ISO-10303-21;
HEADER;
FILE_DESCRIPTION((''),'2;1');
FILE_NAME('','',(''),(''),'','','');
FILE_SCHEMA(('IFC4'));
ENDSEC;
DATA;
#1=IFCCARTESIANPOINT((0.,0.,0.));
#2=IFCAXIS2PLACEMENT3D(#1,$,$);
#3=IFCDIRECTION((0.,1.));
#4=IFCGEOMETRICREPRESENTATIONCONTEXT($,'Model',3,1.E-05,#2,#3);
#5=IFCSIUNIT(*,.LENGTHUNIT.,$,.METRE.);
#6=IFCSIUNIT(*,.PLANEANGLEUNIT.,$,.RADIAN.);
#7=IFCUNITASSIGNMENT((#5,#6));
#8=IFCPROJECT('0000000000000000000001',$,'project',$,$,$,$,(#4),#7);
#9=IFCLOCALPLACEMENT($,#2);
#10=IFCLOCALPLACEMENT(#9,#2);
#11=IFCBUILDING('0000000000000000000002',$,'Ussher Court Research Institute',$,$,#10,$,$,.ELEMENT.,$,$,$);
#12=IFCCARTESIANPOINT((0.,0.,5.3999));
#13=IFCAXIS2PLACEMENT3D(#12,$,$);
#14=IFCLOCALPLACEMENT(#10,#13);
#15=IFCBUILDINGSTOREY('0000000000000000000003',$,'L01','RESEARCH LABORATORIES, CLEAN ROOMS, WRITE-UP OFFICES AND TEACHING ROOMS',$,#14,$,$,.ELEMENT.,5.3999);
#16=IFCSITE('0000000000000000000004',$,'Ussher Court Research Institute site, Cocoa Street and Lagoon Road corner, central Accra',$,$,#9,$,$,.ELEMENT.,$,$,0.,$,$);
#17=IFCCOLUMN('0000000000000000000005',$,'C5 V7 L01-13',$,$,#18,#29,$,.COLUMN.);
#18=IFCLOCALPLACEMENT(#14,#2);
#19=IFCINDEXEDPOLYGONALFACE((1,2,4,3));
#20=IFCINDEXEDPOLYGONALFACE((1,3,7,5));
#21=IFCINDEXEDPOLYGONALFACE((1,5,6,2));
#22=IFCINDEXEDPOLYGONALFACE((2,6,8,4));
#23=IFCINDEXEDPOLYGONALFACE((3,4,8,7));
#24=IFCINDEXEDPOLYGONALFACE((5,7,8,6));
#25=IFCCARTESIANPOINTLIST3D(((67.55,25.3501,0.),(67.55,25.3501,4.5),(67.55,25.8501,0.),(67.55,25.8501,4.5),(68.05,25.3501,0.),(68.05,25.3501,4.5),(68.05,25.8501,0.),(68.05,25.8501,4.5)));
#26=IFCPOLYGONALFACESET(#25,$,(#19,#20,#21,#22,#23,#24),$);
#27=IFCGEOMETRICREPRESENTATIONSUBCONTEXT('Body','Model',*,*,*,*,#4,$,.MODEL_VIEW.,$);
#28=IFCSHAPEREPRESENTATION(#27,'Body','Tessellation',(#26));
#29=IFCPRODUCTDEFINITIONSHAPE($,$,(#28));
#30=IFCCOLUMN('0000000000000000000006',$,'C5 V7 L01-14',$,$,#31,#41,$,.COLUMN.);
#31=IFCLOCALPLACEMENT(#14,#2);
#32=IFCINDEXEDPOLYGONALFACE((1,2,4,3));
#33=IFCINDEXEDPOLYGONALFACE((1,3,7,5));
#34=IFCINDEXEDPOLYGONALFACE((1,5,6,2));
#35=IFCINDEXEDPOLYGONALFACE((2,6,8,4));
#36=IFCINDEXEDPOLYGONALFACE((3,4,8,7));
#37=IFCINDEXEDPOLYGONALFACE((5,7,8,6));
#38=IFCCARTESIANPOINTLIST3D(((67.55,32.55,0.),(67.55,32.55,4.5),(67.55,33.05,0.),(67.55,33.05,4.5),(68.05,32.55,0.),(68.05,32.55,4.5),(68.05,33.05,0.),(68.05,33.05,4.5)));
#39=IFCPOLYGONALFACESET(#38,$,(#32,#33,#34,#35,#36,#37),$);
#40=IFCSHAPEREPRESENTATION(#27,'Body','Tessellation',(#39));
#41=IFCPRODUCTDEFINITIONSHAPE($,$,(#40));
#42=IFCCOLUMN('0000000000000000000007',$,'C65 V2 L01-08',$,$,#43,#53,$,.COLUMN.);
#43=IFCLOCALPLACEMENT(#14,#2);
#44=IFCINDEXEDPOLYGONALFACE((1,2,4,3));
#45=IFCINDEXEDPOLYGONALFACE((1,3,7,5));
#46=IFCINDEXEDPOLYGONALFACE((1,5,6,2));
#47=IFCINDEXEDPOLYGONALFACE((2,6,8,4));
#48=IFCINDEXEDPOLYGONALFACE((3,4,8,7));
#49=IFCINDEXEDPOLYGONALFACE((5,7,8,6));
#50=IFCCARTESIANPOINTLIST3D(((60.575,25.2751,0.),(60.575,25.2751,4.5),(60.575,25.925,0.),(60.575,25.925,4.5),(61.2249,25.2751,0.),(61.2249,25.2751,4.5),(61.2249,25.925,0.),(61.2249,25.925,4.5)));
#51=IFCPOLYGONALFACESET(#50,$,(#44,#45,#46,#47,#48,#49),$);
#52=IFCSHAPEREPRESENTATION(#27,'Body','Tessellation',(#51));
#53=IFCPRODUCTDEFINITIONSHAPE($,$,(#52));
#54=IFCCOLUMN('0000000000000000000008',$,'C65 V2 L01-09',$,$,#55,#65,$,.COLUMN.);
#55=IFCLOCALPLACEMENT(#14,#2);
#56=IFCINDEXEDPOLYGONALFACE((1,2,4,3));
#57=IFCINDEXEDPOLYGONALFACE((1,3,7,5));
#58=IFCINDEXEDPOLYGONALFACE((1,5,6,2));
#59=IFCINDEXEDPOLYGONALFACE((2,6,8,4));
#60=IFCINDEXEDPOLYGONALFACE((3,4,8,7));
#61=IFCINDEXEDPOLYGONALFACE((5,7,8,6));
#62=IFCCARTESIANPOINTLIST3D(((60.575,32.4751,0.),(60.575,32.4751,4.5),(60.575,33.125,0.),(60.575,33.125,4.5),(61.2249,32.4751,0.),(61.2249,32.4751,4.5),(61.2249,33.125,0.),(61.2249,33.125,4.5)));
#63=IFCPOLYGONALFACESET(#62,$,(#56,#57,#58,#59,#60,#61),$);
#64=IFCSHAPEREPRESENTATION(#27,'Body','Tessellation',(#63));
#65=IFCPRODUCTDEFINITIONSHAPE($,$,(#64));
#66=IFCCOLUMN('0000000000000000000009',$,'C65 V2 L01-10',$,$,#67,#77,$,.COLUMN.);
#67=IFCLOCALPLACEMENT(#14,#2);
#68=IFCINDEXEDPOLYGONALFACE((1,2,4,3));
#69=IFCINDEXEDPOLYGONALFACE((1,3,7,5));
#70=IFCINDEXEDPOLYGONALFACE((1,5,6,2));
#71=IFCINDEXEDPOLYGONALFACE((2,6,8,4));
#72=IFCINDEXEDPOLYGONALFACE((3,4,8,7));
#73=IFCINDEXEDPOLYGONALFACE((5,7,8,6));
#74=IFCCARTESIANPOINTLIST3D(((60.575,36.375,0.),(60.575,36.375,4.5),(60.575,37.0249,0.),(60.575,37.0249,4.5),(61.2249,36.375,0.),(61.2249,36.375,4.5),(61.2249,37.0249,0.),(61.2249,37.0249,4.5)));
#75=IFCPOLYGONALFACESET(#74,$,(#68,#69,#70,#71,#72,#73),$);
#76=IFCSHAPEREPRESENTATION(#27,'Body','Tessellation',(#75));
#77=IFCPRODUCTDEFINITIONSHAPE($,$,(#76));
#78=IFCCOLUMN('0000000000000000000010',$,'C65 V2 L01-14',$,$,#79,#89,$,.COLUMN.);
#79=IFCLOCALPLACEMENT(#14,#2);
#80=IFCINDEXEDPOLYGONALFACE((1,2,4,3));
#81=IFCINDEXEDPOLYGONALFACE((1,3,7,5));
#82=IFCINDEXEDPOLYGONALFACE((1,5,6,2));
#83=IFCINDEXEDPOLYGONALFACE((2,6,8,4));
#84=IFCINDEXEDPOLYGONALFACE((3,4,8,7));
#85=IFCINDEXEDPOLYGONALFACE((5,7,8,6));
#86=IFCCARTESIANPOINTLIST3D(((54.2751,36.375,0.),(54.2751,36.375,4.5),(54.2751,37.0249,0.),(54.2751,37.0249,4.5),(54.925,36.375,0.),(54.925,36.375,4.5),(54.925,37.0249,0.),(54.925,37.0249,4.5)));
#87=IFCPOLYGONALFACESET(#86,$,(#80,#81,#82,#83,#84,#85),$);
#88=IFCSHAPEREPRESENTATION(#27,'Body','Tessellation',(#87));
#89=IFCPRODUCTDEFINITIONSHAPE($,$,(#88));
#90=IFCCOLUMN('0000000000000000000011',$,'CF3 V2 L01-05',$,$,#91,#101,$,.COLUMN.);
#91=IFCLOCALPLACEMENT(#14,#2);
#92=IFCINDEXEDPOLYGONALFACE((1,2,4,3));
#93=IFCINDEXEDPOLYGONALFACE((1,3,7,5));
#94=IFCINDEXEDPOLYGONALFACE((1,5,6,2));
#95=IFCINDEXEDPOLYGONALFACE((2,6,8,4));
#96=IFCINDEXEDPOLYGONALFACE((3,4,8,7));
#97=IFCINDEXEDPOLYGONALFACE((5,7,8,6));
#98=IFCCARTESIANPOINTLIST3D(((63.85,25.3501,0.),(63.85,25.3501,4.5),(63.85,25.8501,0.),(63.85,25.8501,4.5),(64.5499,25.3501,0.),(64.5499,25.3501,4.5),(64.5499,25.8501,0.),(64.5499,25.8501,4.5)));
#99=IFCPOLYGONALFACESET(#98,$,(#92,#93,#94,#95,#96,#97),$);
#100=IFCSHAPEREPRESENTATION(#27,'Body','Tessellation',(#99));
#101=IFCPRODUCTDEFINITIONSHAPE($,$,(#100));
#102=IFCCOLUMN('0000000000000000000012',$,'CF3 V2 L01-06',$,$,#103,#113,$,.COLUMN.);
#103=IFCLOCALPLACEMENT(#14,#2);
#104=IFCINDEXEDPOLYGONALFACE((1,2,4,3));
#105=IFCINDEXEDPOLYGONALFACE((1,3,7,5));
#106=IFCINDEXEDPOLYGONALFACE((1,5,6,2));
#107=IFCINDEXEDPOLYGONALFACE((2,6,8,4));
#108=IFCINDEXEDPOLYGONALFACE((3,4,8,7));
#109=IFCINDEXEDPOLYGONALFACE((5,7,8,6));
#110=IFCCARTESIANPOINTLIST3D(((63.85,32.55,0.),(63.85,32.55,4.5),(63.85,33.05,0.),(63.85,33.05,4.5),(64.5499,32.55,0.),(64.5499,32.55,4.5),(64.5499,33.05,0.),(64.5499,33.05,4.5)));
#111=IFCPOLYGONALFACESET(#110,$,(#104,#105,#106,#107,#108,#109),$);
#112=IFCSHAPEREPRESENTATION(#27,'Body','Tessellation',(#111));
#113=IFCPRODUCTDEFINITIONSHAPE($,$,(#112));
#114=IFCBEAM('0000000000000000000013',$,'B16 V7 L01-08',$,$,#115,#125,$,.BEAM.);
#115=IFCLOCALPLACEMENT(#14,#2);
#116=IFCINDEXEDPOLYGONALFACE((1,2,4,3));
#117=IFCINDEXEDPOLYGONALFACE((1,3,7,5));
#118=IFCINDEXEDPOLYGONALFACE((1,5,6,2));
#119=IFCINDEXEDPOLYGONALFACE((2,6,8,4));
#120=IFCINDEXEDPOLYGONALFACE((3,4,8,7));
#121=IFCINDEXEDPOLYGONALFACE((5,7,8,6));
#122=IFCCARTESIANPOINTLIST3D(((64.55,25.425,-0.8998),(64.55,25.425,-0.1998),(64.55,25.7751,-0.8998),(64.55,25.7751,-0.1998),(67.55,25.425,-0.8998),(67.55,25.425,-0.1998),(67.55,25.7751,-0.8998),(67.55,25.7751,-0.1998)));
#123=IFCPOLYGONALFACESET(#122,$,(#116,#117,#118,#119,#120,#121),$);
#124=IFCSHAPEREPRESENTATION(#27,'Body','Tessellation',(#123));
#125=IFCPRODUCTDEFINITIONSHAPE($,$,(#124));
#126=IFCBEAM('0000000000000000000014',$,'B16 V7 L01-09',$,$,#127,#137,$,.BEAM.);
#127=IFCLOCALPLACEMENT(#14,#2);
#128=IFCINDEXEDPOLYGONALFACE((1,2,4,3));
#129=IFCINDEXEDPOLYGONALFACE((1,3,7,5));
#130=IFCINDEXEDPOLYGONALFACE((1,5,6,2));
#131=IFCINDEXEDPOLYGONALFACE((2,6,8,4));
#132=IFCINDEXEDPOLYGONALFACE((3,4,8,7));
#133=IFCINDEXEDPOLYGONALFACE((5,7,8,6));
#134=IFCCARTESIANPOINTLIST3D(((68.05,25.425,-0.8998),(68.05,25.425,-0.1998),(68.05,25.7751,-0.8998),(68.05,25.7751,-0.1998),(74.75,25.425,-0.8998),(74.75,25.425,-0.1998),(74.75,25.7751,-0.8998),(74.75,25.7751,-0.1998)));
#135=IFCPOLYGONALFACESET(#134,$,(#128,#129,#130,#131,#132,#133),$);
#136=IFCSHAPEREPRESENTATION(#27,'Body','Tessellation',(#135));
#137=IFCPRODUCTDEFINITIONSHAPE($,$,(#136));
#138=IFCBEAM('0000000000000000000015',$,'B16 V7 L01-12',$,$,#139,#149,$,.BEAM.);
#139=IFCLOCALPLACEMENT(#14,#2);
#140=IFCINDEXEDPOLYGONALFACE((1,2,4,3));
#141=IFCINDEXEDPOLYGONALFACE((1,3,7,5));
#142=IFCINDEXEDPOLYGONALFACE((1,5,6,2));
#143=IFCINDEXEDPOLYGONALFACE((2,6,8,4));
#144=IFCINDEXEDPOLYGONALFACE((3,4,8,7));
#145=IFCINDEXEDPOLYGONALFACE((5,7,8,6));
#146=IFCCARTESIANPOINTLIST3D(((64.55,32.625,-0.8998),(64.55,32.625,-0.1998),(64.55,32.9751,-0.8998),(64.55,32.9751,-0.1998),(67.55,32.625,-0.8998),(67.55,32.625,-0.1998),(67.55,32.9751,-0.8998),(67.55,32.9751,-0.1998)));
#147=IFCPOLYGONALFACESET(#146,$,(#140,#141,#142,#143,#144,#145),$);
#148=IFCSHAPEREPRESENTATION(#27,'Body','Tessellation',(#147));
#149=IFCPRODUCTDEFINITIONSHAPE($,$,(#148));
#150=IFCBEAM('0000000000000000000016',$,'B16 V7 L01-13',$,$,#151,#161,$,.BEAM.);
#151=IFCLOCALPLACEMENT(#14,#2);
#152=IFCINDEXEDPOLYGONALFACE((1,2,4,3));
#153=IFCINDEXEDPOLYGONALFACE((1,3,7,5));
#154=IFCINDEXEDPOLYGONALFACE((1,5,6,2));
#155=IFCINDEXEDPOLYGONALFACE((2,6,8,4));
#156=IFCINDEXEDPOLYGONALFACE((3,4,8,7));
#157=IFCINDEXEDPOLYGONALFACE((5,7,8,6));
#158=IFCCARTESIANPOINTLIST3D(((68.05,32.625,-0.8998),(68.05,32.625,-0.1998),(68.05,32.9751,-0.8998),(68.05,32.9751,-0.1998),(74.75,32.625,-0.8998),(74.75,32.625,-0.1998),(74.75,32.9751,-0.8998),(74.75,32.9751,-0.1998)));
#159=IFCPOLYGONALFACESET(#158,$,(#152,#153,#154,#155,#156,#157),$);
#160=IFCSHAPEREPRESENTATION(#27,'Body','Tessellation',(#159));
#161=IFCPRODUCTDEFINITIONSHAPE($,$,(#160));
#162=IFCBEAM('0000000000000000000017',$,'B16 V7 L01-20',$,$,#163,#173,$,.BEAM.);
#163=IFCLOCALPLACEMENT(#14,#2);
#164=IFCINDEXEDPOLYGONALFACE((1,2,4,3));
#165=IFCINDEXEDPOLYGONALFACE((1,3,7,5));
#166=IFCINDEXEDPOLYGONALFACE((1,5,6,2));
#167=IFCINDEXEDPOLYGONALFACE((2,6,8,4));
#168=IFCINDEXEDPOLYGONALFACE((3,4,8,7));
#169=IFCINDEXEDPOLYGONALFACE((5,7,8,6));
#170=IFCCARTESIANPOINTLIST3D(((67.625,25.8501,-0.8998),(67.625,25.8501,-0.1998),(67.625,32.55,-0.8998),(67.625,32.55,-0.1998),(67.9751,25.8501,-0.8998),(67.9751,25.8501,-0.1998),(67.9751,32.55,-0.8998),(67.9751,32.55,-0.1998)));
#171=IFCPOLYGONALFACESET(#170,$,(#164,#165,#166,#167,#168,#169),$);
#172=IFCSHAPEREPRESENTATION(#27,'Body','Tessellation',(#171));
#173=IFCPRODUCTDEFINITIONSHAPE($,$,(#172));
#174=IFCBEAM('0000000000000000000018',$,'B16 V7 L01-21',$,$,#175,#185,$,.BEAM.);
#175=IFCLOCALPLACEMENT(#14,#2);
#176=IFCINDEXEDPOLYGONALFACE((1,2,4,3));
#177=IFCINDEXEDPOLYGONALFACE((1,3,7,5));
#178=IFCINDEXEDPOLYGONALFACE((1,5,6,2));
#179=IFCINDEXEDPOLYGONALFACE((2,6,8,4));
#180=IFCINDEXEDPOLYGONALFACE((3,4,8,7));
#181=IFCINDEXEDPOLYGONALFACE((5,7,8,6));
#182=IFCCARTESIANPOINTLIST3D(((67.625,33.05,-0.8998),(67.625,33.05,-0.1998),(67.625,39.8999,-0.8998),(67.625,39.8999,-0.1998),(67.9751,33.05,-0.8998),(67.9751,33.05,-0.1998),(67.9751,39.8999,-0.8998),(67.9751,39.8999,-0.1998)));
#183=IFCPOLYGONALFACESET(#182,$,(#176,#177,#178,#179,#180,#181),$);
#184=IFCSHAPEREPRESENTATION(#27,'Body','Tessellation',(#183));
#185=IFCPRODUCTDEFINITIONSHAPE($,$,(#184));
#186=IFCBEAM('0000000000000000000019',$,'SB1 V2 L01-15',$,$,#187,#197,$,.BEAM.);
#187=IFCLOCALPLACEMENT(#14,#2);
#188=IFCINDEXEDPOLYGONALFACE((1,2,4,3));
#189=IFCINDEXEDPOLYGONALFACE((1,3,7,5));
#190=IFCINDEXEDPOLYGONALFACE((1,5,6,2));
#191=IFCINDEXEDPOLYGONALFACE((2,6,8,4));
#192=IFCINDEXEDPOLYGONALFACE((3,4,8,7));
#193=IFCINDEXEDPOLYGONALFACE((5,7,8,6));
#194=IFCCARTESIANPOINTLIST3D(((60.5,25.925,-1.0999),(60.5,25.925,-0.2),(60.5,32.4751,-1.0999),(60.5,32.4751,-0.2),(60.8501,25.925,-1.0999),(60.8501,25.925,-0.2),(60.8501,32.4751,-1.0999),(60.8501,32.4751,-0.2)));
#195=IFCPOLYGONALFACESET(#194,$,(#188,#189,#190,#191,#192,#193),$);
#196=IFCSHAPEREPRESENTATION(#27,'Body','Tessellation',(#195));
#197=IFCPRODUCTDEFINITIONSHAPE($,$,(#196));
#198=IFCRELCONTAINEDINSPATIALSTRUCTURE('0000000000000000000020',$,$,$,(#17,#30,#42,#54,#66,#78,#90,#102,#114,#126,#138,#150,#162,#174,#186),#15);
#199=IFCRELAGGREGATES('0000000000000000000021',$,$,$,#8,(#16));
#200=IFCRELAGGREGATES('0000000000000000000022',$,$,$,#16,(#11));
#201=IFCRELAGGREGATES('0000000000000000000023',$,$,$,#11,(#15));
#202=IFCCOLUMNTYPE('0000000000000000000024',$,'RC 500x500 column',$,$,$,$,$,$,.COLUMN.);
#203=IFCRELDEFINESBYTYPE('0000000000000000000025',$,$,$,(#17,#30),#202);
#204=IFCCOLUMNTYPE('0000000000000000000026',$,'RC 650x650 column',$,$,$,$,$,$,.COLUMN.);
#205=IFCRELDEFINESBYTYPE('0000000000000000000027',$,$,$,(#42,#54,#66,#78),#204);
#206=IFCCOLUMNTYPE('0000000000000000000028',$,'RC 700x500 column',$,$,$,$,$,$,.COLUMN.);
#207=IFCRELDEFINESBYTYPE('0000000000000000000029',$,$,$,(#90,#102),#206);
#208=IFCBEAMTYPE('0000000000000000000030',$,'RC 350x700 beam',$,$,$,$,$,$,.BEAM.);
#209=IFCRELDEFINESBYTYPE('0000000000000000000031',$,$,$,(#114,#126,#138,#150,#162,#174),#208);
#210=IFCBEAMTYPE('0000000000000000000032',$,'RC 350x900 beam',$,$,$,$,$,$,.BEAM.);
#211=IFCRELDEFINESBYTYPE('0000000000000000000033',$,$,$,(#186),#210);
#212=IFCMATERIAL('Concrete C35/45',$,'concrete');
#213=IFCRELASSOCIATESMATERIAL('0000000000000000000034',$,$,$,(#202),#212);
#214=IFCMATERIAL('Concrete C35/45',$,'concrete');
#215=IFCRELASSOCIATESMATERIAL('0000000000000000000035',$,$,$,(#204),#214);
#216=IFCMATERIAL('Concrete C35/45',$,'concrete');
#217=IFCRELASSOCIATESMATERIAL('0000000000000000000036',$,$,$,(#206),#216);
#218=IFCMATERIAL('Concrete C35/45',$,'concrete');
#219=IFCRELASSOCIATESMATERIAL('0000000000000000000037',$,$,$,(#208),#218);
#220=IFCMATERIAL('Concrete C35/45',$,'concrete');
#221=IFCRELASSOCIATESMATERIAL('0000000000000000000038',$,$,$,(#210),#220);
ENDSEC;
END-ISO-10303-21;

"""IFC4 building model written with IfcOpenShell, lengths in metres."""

from ifc_helpers import new_model, si_unit, direction, frame, origin, origin_2d, place, context, subcontext, project, spatial, rectangle, extrude, material, material_profile, profile_set, type_object, element, save


model = new_model("IFC4")

# Units and contexts
model_context = context("Model", 3, precision=1e-05, world=origin(), true_north=direction((0.0, 1.0)))
body_context = subcontext(model_context, "Body", "Model", "MODEL_VIEW")
ifc_project = project(units=[si_unit("LENGTHUNIT", "METRE"), si_unit("PLANEANGLEUNIT", "RADIAN")], contexts=[model_context])

# Site, building, storey
site_placement = place(None, origin())
site = spatial("IfcSite", under=ifc_project, at=site_placement, Name="Ussher Court Research Institute site, Cocoa Street and Lagoon Road corner, central Accra", CompositionType="ELEMENT", RefElevation=0.0)
building_placement = place(site_placement, origin())
building = spatial("IfcBuilding", under=site, at=building_placement, Name="Ussher Court Research Institute", CompositionType="ELEMENT")
storey_placement = place(building_placement, frame((0.0, 0.0, 5.3999)))
storey = spatial("IfcBuildingStorey", under=building, at=storey_placement, Name="L01", Description="RESEARCH LABORATORIES, CLEAN ROOMS, WRITE-UP OFFICES AND TEACHING ROOMS", CompositionType="ELEMENT", Elevation=5.3999)

# Columns
ifc_material_1 = material(Name="Concrete C35/45", Category="concrete")
ifc_material_profile_1 = material_profile(ifc_material_1, rectangle(XDim=0.5, YDim=0.5, at=origin_2d()), Name="RC 500x500")
ifc_profile_set_1 = profile_set([ifc_material_profile_1], Name="Concrete C35/45")
column_type_1 = type_object("IfcColumnType", Name="RC 500x500 column", PredefinedType="COLUMN", material=ifc_profile_set_1)
for number, where, z_axis, x_axis, name in (
    (1, (67.8, 25.6001, 0.0), (0.0, 0.0, 1.0), (1.0, 0.0, 0.0), "C5 V7 L01-13"),
    (2, (67.8, 32.8, 0.0), (0.0, 0.0, 1.0), (1.0, 0.0, 0.0), "C5 V7 L01-14"),
):
    element("IfcColumn", number, at=place(storey_placement, frame(where, z_axis=z_axis, x_axis=x_axis)), inside=storey, type_object=column_type_1, Name=name, PredefinedType="COLUMN", context=body_context, shape_type="SweptSolid", body=[
        extrude(rectangle(XDim=0.5, YDim=0.5, at=origin_2d()), origin(), (0.0, 0.0, 1.0), 4.5),
    ])
ifc_material_2 = material(Name="Concrete C35/45", Category="concrete")
ifc_material_profile_2 = material_profile(ifc_material_2, rectangle(XDim=0.6499, YDim=0.6499, at=origin_2d()), Name="RC 650x650")
ifc_profile_set_2 = profile_set([ifc_material_profile_2], Name="Concrete C35/45")
column_type_2 = type_object("IfcColumnType", Name="RC 650x650 column", PredefinedType="COLUMN", material=ifc_profile_set_2)
for number, where, z_axis, x_axis, name in (
    (3, (60.8999, 25.6001, 0.0), (0.0, 0.0, 1.0), (1.0, 0.0, 0.0), "C65 V2 L01-08"),
    (4, (60.8999, 32.8, 0.0), (0.0, 0.0, 1.0), (1.0, 0.0, 0.0), "C65 V2 L01-09"),
    (5, (60.8999, 36.7, 0.0), (0.0, 0.0, 1.0), (1.0, 0.0, 0.0), "C65 V2 L01-10"),
    (6, (54.6001, 36.7, 0.0), (0.0, 0.0, 1.0), (1.0, 0.0, 0.0), "C65 V2 L01-14"),
):
    element("IfcColumn", number, at=place(storey_placement, frame(where, z_axis=z_axis, x_axis=x_axis)), inside=storey, type_object=column_type_2, Name=name, PredefinedType="COLUMN", context=body_context, shape_type="SweptSolid", body=[
        extrude(rectangle(XDim=0.6499, YDim=0.6499, at=origin_2d()), origin(), (0.0, 0.0, 1.0), 4.5),
    ])
ifc_material_3 = material(Name="Concrete C35/45", Category="concrete")
ifc_material_profile_3 = material_profile(ifc_material_3, rectangle(XDim=0.7, YDim=0.5, at=origin_2d()), Name="RC 700x500")
ifc_profile_set_3 = profile_set([ifc_material_profile_3], Name="Concrete C35/45")
column_type_3 = type_object("IfcColumnType", Name="RC 700x500 column", PredefinedType="COLUMN", material=ifc_profile_set_3)
for number, where, z_axis, x_axis, name in (
    (7, (64.2, 25.6001, 0.0), (0.0, 0.0, 1.0), (1.0, 0.0, 0.0), "CF3 V2 L01-05"),
    (8, (64.2, 32.8, 0.0), (0.0, 0.0, 1.0), (1.0, 0.0, 0.0), "CF3 V2 L01-06"),
):
    element("IfcColumn", number, at=place(storey_placement, frame(where, z_axis=z_axis, x_axis=x_axis)), inside=storey, type_object=column_type_3, Name=name, PredefinedType="COLUMN", context=body_context, shape_type="SweptSolid", body=[
        extrude(rectangle(XDim=0.7, YDim=0.5, at=origin_2d()), origin(), (0.0, 0.0, 1.0), 4.5),
    ])

# Beams
ifc_material_4 = material(Name="Concrete C35/45", Category="concrete")
ifc_material_profile_4 = material_profile(ifc_material_4, rectangle(XDim=0.3501, YDim=0.7, at=origin_2d()), Name="RC 350x700")
ifc_profile_set_4 = profile_set([ifc_material_profile_4], Name="Concrete C35/45")
beam_type_1 = type_object("IfcBeamType", Name="RC 350x700 beam", PredefinedType="BEAM", material=ifc_profile_set_4)
beam_1_placement = place(storey_placement, frame((64.55, 25.6001, -0.5498), z_axis=(1.0, 0.0, 0.0), x_axis=(0.0, 1.0, 0.0)))
element("IfcBeam", 9, at=beam_1_placement, inside=storey, type_object=beam_type_1, Name="B16 V7 L01-08", PredefinedType="BEAM", context=body_context, shape_type="SweptSolid", body=[
    extrude(rectangle(XDim=0.3501, YDim=0.7, at=origin_2d()), origin(), (0.0, 0.0, 1.0), 3.0),
])
beam_2_placement = place(storey_placement, frame((68.05, 25.6001, -0.5498), z_axis=(1.0, 0.0, 0.0), x_axis=(0.0, 1.0, 0.0)))
element("IfcBeam", 10, at=beam_2_placement, inside=storey, type_object=beam_type_1, Name="B16 V7 L01-09", PredefinedType="BEAM", context=body_context, shape_type="SweptSolid", body=[
    extrude(rectangle(XDim=0.3501, YDim=0.7, at=origin_2d()), origin(), (0.0, 0.0, 1.0), 6.7),
])
beam_3_placement = place(storey_placement, frame((64.55, 32.8, -0.5498), z_axis=(1.0, 0.0, 0.0), x_axis=(0.0, 1.0, 0.0)))
element("IfcBeam", 11, at=beam_3_placement, inside=storey, type_object=beam_type_1, Name="B16 V7 L01-12", PredefinedType="BEAM", context=body_context, shape_type="SweptSolid", body=[
    extrude(rectangle(XDim=0.3501, YDim=0.7, at=origin_2d()), origin(), (0.0, 0.0, 1.0), 3.0),
])
for number, where, z_axis, x_axis, name in (
    (12, (68.05, 32.8, -0.5498), (1.0, 0.0, 0.0), (0.0, 1.0, 0.0), "B16 V7 L01-13"),
    (13, (67.8, 25.8501, -0.5498), (0.0, 1.0, 0.0), (-1.0, 0.0, 0.0), "B16 V7 L01-20"),
):
    element("IfcBeam", number, at=place(storey_placement, frame(where, z_axis=z_axis, x_axis=x_axis)), inside=storey, type_object=beam_type_1, Name=name, PredefinedType="BEAM", context=body_context, shape_type="SweptSolid", body=[
        extrude(rectangle(XDim=0.3501, YDim=0.7, at=origin_2d()), origin(), (0.0, 0.0, 1.0), 6.7),
    ])
beam_4_placement = place(storey_placement, frame((67.8, 33.05, -0.5498), z_axis=(0.0, 1.0, 0.0), x_axis=(-1.0, 0.0, 0.0)))
element("IfcBeam", 14, at=beam_4_placement, inside=storey, type_object=beam_type_1, Name="B16 V7 L01-21", PredefinedType="BEAM", context=body_context, shape_type="SweptSolid", body=[
    extrude(rectangle(XDim=0.3501, YDim=0.7, at=origin_2d()), origin(), (0.0, 0.0, 1.0), 6.8499),
])
ifc_material_5 = material(Name="Concrete C35/45", Category="concrete")
ifc_material_profile_5 = material_profile(ifc_material_5, rectangle(XDim=0.3501, YDim=0.8999, at=origin_2d()), Name="RC 350x900")
ifc_profile_set_5 = profile_set([ifc_material_profile_5], Name="Concrete C35/45")
beam_type_2 = type_object("IfcBeamType", Name="RC 350x900 beam", PredefinedType="BEAM", material=ifc_profile_set_5)
beam_5_placement = place(storey_placement, frame((60.675, 25.925, -0.6499), z_axis=(0.0, 1.0, 0.0), x_axis=(-1.0, 0.0, 0.0)))
element("IfcBeam", 15, at=beam_5_placement, inside=storey, type_object=beam_type_2, Name="SB1 V2 L01-15", PredefinedType="BEAM", context=body_context, shape_type="SweptSolid", body=[
    extrude(rectangle(XDim=0.3501, YDim=0.8999, at=origin_2d()), origin(), (0.0, 0.0, 1.0), 6.55),
])

save(model, "model.ifc")
